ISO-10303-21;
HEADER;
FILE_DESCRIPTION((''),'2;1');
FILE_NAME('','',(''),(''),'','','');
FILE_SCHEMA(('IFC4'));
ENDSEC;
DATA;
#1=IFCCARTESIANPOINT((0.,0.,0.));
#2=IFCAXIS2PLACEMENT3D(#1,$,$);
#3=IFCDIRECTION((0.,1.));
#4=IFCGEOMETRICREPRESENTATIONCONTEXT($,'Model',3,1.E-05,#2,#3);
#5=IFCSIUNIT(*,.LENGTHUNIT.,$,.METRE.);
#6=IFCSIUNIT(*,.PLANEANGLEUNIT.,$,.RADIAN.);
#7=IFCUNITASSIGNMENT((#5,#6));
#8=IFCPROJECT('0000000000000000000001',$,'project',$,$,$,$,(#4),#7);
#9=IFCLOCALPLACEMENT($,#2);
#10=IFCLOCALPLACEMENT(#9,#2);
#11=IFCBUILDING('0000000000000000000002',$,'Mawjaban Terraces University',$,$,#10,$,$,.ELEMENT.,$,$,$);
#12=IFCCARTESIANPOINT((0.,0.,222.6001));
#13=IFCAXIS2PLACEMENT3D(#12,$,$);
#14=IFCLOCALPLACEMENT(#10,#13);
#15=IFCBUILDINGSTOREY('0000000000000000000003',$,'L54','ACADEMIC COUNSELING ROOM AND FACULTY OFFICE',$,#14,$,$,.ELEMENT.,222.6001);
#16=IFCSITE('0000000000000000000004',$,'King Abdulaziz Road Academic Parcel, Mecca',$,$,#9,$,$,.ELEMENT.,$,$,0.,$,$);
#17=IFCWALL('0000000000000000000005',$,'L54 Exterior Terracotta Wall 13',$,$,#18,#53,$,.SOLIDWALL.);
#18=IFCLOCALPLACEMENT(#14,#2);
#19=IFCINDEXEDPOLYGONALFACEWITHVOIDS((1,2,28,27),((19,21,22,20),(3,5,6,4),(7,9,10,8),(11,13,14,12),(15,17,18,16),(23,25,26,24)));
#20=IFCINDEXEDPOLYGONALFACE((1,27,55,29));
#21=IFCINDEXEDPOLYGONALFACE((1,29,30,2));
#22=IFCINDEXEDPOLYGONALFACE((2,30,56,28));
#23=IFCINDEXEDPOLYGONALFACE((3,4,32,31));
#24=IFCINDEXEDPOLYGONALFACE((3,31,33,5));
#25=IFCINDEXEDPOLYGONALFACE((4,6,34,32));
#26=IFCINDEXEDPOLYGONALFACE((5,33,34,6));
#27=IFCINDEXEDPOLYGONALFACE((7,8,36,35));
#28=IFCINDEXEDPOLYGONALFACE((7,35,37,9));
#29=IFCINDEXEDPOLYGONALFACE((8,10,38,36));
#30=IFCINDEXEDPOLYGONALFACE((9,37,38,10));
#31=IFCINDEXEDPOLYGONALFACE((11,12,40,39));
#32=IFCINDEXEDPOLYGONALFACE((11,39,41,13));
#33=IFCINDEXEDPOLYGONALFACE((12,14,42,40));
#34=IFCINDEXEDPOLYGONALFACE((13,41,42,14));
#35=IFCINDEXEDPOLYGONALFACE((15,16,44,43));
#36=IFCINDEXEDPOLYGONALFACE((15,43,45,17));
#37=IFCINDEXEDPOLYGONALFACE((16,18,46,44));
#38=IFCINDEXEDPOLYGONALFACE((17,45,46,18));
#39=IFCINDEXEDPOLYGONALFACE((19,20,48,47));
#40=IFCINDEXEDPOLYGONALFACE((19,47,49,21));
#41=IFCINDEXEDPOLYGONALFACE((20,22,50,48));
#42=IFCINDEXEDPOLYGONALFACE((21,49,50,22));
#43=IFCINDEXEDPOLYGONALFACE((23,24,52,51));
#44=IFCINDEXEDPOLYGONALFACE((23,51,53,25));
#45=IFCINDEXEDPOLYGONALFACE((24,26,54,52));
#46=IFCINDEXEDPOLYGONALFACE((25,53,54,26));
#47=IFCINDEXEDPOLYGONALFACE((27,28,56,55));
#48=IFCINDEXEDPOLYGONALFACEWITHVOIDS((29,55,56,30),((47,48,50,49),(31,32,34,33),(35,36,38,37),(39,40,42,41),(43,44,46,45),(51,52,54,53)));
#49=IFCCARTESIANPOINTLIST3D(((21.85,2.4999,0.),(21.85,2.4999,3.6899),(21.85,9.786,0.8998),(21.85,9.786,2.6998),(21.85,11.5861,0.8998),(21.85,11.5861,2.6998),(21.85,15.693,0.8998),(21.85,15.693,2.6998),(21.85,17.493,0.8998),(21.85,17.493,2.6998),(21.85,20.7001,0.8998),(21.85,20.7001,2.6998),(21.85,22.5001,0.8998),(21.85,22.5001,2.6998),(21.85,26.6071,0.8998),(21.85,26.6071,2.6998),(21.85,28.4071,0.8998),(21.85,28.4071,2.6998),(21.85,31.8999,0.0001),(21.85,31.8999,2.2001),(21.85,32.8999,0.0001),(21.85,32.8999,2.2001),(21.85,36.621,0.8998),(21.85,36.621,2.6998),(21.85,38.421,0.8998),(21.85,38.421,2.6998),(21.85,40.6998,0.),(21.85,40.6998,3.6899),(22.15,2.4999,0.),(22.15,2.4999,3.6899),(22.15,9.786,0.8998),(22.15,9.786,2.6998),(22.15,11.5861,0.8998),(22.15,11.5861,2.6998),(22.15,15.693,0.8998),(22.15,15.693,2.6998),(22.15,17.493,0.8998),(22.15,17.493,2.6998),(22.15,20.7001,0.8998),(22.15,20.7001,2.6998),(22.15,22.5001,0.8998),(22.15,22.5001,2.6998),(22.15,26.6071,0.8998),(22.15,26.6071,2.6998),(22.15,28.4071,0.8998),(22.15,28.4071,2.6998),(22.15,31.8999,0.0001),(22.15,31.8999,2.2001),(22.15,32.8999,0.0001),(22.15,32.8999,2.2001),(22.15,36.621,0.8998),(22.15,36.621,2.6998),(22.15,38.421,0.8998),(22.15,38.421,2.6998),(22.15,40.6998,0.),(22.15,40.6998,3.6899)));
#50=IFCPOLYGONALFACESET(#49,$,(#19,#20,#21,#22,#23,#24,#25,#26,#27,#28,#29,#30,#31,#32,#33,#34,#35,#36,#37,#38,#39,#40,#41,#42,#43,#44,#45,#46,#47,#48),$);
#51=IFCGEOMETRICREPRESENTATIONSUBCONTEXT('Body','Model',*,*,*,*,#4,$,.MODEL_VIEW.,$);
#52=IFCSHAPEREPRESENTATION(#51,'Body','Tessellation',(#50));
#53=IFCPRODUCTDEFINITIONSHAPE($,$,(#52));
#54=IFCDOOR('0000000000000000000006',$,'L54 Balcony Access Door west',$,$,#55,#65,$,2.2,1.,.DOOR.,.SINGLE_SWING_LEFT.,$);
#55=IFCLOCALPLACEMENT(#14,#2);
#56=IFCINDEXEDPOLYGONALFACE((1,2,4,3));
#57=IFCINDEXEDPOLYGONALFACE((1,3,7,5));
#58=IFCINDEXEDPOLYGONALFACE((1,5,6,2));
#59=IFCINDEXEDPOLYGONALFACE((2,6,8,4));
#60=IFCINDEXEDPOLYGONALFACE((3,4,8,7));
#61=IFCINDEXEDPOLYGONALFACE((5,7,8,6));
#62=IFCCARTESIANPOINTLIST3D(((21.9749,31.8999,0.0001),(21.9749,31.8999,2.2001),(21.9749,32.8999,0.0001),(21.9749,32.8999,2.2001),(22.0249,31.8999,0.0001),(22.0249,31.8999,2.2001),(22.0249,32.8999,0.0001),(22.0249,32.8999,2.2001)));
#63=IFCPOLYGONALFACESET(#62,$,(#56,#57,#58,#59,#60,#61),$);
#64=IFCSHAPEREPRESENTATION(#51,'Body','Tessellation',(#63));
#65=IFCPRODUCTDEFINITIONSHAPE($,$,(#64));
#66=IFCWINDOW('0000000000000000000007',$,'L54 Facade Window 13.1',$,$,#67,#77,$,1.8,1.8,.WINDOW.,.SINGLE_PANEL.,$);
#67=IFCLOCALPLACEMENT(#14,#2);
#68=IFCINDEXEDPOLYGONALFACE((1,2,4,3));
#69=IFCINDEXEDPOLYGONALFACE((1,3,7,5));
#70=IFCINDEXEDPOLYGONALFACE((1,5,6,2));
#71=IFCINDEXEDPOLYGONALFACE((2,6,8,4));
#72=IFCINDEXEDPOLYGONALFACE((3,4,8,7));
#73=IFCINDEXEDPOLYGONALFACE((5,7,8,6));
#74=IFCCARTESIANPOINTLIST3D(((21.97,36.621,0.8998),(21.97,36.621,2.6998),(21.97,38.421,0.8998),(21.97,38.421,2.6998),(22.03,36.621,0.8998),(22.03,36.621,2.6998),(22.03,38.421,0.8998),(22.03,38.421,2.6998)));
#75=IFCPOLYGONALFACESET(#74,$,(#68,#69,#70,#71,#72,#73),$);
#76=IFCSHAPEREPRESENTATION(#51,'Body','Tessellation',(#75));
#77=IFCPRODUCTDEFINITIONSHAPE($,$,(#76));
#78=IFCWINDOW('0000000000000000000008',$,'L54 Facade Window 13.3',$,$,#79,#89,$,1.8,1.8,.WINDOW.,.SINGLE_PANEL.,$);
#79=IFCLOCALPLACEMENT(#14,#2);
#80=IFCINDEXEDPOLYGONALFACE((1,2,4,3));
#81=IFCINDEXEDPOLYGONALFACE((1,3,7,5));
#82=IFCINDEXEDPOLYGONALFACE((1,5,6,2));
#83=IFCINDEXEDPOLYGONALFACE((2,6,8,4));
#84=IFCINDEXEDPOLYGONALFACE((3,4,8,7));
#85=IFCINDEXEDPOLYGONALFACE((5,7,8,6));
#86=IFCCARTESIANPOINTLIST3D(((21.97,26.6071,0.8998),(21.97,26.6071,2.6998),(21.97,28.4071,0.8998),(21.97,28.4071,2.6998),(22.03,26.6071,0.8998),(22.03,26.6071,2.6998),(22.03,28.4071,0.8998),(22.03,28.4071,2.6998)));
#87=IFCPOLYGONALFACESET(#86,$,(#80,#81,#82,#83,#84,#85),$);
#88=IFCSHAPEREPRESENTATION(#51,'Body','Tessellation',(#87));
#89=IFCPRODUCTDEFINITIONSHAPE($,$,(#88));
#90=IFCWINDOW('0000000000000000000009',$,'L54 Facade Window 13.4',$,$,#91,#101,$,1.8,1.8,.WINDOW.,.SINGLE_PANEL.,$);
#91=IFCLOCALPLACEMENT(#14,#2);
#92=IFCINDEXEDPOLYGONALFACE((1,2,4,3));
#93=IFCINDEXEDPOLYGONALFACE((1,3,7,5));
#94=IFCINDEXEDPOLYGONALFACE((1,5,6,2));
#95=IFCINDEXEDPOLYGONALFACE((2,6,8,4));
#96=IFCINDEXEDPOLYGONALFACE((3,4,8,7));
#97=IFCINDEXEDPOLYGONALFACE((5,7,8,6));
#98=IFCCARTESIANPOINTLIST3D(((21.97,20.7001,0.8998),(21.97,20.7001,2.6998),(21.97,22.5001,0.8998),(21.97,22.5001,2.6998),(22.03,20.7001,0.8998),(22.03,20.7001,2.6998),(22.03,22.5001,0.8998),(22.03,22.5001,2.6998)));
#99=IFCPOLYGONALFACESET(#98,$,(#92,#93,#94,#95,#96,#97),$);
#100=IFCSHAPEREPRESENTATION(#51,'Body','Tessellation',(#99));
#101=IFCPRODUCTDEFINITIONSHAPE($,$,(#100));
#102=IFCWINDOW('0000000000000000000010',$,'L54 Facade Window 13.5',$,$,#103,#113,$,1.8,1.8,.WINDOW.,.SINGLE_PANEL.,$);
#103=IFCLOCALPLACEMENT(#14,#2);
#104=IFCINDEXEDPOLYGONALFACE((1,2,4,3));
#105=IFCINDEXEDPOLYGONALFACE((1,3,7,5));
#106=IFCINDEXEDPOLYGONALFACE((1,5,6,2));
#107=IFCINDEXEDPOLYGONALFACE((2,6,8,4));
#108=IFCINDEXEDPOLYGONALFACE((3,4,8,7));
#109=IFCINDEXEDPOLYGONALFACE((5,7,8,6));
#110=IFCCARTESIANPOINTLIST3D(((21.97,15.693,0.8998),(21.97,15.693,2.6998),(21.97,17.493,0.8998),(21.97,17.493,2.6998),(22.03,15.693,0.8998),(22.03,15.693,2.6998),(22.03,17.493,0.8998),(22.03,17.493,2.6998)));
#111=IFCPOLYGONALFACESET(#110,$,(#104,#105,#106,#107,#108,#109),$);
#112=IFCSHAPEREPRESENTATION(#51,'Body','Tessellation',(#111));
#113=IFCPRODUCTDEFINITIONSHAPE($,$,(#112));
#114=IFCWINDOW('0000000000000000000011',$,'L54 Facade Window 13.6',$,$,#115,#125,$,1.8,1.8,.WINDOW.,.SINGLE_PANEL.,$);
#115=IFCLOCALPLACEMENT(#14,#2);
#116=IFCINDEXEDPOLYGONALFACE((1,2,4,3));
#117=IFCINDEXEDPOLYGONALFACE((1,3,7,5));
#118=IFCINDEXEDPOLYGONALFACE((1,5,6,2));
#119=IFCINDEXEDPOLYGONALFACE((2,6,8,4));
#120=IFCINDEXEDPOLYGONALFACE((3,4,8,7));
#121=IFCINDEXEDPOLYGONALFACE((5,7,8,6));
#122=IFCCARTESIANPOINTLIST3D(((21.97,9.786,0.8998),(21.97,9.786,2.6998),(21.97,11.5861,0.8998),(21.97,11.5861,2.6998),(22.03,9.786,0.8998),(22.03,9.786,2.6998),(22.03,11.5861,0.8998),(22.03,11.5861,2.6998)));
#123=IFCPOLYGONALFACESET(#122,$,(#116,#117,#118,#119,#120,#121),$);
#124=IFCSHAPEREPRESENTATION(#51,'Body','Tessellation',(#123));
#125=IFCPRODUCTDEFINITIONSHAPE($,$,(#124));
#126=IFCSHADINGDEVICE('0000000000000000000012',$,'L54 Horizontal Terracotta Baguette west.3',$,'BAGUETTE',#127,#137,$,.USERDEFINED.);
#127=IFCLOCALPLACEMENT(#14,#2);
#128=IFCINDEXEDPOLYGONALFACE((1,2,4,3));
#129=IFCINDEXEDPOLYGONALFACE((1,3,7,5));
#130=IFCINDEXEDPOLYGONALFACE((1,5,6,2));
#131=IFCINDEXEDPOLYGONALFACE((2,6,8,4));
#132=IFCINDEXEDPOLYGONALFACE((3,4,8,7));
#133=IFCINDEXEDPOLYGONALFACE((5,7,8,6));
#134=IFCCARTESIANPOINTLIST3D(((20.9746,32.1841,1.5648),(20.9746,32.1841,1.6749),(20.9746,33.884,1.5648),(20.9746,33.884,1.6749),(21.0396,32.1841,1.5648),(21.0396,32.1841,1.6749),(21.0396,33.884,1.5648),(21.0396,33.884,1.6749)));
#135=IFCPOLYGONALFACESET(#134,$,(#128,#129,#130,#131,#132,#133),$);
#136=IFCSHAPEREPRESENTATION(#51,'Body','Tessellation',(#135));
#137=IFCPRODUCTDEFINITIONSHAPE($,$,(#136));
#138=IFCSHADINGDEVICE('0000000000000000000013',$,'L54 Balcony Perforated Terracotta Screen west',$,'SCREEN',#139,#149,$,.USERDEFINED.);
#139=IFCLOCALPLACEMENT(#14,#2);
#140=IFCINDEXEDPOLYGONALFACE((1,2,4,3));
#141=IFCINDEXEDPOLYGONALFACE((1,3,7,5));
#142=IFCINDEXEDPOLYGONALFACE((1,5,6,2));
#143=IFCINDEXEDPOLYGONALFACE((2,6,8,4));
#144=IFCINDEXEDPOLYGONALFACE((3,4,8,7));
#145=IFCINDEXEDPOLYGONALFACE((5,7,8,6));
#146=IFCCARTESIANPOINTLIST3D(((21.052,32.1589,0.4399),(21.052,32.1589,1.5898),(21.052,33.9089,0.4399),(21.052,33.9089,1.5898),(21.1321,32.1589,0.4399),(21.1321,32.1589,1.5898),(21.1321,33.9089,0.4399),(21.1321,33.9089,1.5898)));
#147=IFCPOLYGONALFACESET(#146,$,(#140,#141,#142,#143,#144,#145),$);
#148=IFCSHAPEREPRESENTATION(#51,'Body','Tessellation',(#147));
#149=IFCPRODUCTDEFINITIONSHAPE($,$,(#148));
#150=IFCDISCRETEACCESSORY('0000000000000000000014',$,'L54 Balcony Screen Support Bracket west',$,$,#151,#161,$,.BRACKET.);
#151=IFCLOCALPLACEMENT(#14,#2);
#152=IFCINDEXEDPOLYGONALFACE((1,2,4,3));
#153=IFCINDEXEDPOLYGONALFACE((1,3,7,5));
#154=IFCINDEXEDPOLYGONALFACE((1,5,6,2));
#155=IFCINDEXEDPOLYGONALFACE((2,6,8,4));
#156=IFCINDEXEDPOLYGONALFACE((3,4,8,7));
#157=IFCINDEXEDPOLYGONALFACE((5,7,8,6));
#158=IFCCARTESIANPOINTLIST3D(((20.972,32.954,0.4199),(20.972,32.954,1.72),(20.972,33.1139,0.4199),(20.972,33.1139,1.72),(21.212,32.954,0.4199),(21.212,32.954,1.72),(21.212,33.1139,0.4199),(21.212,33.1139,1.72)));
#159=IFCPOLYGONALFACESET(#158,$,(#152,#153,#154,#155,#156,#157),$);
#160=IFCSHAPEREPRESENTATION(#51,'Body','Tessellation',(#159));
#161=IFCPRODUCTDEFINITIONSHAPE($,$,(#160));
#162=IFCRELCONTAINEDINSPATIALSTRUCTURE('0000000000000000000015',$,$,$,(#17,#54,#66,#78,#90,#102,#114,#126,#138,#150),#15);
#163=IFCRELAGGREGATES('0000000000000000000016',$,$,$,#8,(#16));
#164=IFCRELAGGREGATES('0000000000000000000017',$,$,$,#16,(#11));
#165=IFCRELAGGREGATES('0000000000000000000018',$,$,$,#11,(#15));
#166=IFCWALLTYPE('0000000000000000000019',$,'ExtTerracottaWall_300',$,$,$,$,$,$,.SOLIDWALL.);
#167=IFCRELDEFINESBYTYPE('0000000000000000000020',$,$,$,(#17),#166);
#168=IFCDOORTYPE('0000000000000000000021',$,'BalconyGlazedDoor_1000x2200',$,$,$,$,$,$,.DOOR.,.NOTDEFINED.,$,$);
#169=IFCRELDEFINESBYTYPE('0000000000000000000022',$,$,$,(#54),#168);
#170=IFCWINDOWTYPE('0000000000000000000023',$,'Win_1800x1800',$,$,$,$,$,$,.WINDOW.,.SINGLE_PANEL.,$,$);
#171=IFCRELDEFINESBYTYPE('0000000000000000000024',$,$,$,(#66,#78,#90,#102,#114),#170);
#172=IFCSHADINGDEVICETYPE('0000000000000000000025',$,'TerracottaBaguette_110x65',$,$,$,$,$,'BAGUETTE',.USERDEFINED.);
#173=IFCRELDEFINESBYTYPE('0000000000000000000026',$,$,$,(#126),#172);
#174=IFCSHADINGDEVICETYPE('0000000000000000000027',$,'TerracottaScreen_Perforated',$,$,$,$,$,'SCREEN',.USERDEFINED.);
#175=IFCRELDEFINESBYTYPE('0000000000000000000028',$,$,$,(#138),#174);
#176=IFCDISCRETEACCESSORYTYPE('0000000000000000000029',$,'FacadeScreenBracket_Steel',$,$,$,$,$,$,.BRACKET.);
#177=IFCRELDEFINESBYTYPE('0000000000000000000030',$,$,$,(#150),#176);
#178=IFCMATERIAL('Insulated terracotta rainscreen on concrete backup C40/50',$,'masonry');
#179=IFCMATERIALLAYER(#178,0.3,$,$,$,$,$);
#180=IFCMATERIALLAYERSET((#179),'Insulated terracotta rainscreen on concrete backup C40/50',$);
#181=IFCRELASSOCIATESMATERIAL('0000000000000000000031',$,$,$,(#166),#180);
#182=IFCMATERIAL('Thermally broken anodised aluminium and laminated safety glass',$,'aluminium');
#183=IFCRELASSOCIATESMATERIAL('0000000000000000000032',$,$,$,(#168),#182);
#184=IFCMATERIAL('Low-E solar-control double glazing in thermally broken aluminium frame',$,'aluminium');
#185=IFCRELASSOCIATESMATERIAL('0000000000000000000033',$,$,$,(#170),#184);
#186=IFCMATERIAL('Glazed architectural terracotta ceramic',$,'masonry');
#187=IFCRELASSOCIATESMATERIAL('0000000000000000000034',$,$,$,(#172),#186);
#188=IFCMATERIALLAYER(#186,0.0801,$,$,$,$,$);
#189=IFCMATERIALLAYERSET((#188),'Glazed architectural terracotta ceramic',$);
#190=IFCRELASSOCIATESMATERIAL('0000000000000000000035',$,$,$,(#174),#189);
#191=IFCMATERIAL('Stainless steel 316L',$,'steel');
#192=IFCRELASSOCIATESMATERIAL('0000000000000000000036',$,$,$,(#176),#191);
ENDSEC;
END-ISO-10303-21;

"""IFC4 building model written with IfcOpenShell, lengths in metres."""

from ifc_helpers import new_model, si_unit, direction, frame, frame_2d, origin, origin_2d, place, context, subcontext, project, spatial, rectangle, extrude, material, layer, layer_set, material_profile, profile_set, type_object, element, fill, save


model = new_model("IFC4")

# Units and contexts
model_context = context("Model", 3, precision=1e-05, world=origin(), true_north=direction((0.0, 1.0)))
body_context = subcontext(model_context, "Body", "Model", "MODEL_VIEW")
ifc_project = project(units=[si_unit("LENGTHUNIT", "METRE"), si_unit("PLANEANGLEUNIT", "RADIAN")], contexts=[model_context])

# Site, building, storey
site_placement = place(None, origin())
site = spatial("IfcSite", under=ifc_project, at=site_placement, Name="King Abdulaziz Road Academic Parcel, Mecca", CompositionType="ELEMENT", RefElevation=0.0)
building_placement = place(site_placement, origin())
building = spatial("IfcBuilding", under=site, at=building_placement, Name="Mawjaban Terraces University", CompositionType="ELEMENT")
storey_placement = place(building_placement, frame((0.0, 0.0, 222.6001)))
storey = spatial("IfcBuildingStorey", under=building, at=storey_placement, Name="L54", Description="ACADEMIC COUNSELING ROOM AND FACULTY OFFICE", CompositionType="ELEMENT", Elevation=222.6001)

# Shared definitions
ifc_material_1 = material(Name="Insulated terracotta rainscreen on concrete backup C40/50", Category="masonry")
ifc_layer_1 = layer(ifc_material_1, 0.3)
ifc_layer_set_1 = layer_set([ifc_layer_1], Name="Insulated terracotta rainscreen on concrete backup C40/50")
wall_type_1 = type_object("IfcWallType", Name="ExtTerracottaWall_300", PredefinedType="SOLIDWALL", material=ifc_layer_set_1)

# Wall, openings, door, windows
wall_1_placement = place(storey_placement, frame((22.0, 40.7, 0.0), z_axis=(0.0, 0.0, 1.0), x_axis=(0.0, -1.0, 0.0)))
wall_1 = element("IfcWall", 1, at=wall_1_placement, inside=storey, type_object=wall_type_1, Name="L54 Exterior Terracotta Wall 13", PredefinedType="SOLIDWALL", context=body_context, shape_type="SweptSolid", body=[
    extrude(rectangle(XDim=38.2, YDim=0.3, at=frame_2d((19.1001, 0.0))), origin(), (0.0, 0.0, 1.0), 3.6899),
])
opening_1_placement = place(wall_1_placement, frame((7.8, 0.0, 0.0)))
opening_1 = element("IfcOpeningElement", 2, at=opening_1_placement, cuts=wall_1, PredefinedType="OPENING", context=body_context, shape_type="SweptSolid", body=[
    extrude(rectangle(XDim=1.0, YDim=2.2, at=frame_2d((0.5, 1.1001))), frame((0.0, 0.1599, 0.0), z_axis=(0.0, -1.0, 0.0), x_axis=(1.0, 0.0, 0.0)), (0.0, 0.0, 1.0), 0.3201),
])
opening_2_placement = place(wall_1_placement, frame((2.2791, 0.0, 0.8999)))
opening_2 = element("IfcOpeningElement", 3, at=opening_2_placement, cuts=wall_1, PredefinedType="OPENING", context=body_context, shape_type="SweptSolid", body=[
    extrude(rectangle(XDim=1.8, YDim=1.8, at=frame_2d((0.8999, 0.8999))), frame((0.0, 0.1599, 0.0), z_axis=(0.0, -1.0, 0.0), x_axis=(1.0, 0.0, 0.0)), (0.0, 0.0, 1.0), 0.3201),
])
opening_3_placement = place(wall_1_placement, frame((12.293, 0.0, 0.8999)))
opening_3 = element("IfcOpeningElement", 4, at=opening_3_placement, cuts=wall_1, PredefinedType="OPENING", context=body_context, shape_type="SweptSolid", body=[
    extrude(rectangle(XDim=1.8, YDim=1.8, at=frame_2d((0.8999, 0.8999))), frame((0.0, 0.1599, 0.0), z_axis=(0.0, -1.0, 0.0), x_axis=(1.0, 0.0, 0.0)), (0.0, 0.0, 1.0), 0.3201),
])
opening_4_placement = place(wall_1_placement, frame((18.2, 0.0, 0.8999)))
opening_4 = element("IfcOpeningElement", 5, at=opening_4_placement, cuts=wall_1, PredefinedType="OPENING", context=body_context, shape_type="SweptSolid", body=[
    extrude(rectangle(XDim=1.8, YDim=1.8, at=frame_2d((0.8999, 0.8999))), frame((0.0, 0.1599, 0.0), z_axis=(0.0, -1.0, 0.0), x_axis=(1.0, 0.0, 0.0)), (0.0, 0.0, 1.0), 0.3201),
])
opening_5_placement = place(wall_1_placement, frame((23.207, 0.0, 0.8999)))
opening_5 = element("IfcOpeningElement", 6, at=opening_5_placement, cuts=wall_1, PredefinedType="OPENING", context=body_context, shape_type="SweptSolid", body=[
    extrude(rectangle(XDim=1.8, YDim=1.8, at=frame_2d((0.8999, 0.8999))), frame((0.0, 0.1599, 0.0), z_axis=(0.0, -1.0, 0.0), x_axis=(1.0, 0.0, 0.0)), (0.0, 0.0, 1.0), 0.3201),
])
opening_6_placement = place(wall_1_placement, frame((29.114, 0.0, 0.8999)))
opening_6 = element("IfcOpeningElement", 7, at=opening_6_placement, cuts=wall_1, PredefinedType="OPENING", context=body_context, shape_type="SweptSolid", body=[
    extrude(rectangle(XDim=1.8, YDim=1.8, at=frame_2d((0.8999, 0.8999))), frame((0.0, 0.1599, 0.0), z_axis=(0.0, -1.0, 0.0), x_axis=(1.0, 0.0, 0.0)), (0.0, 0.0, 1.0), 0.3201),
])
ifc_material_2 = material(Name="Thermally broken anodised aluminium and laminated safety glass", Category="aluminium")
door_type_1 = type_object("IfcDoorType", Name="BalconyGlazedDoor_1000x2200", OperationType="NOTDEFINED", PredefinedType="DOOR", material=ifc_material_2)
door_1_placement = place(opening_1_placement, origin())
door_1 = element("IfcDoor", 8, at=door_1_placement, inside=storey, type_object=door_type_1, Name="L54 Balcony Access Door west", OperationType="SINGLE_SWING_LEFT", OverallHeight=2.2, OverallWidth=1.0, PredefinedType="DOOR", context=body_context, shape_type="SweptSolid", body=[
    extrude(rectangle(XDim=1.0, YDim=2.2, at=frame_2d((0.5, 1.1001))), frame((0.0, 0.0249, 0.0), z_axis=(0.0, -1.0, 0.0), x_axis=(1.0, 0.0, 0.0)), (0.0, 0.0, 1.0), 0.05),
])
fill(opening_1, door_1)
ifc_material_3 = material(Name="Low-E solar-control double glazing in thermally broken aluminium frame", Category="aluminium")
window_type = type_object("IfcWindowType", Name="Win_1800x1800", PartitioningType="SINGLE_PANEL", PredefinedType="WINDOW", material=ifc_material_3)
window_1_placement = place(opening_2_placement, origin())
window_1 = element("IfcWindow", 9, at=window_1_placement, inside=storey, type_object=window_type, Name="L54 Facade Window 13.1", OverallHeight=1.8, OverallWidth=1.8, PartitioningType="SINGLE_PANEL", PredefinedType="WINDOW", context=body_context, shape_type="SweptSolid", body=[
    extrude(rectangle(XDim=1.8, YDim=1.8, at=frame_2d((0.8999, 0.8999))), frame((0.0, 0.03, 0.0), z_axis=(0.0, -1.0, 0.0), x_axis=(1.0, 0.0, 0.0)), (0.0, 0.0, 1.0), 0.0601),
])
fill(opening_2, window_1)
window_2_placement = place(opening_3_placement, origin())
window_2 = element("IfcWindow", 10, at=window_2_placement, inside=storey, type_object=window_type, Name="L54 Facade Window 13.3", OverallHeight=1.8, OverallWidth=1.8, PartitioningType="SINGLE_PANEL", PredefinedType="WINDOW", context=body_context, shape_type="SweptSolid", body=[
    extrude(rectangle(XDim=1.8, YDim=1.8, at=frame_2d((0.8999, 0.8999))), frame((0.0, 0.03, 0.0), z_axis=(0.0, -1.0, 0.0), x_axis=(1.0, 0.0, 0.0)), (0.0, 0.0, 1.0), 0.0601),
])
fill(opening_3, window_2)
window_3_placement = place(opening_4_placement, origin())
window_3 = element("IfcWindow", 11, at=window_3_placement, inside=storey, type_object=window_type, Name="L54 Facade Window 13.4", OverallHeight=1.8, OverallWidth=1.8, PartitioningType="SINGLE_PANEL", PredefinedType="WINDOW", context=body_context, shape_type="SweptSolid", body=[
    extrude(rectangle(XDim=1.8, YDim=1.8, at=frame_2d((0.8999, 0.8999))), frame((0.0, 0.03, 0.0), z_axis=(0.0, -1.0, 0.0), x_axis=(1.0, 0.0, 0.0)), (0.0, 0.0, 1.0), 0.0601),
])
fill(opening_4, window_3)
window_4_placement = place(opening_5_placement, origin())
window_4 = element("IfcWindow", 12, at=window_4_placement, inside=storey, type_object=window_type, Name="L54 Facade Window 13.5", OverallHeight=1.8, OverallWidth=1.8, PartitioningType="SINGLE_PANEL", PredefinedType="WINDOW", context=body_context, shape_type="SweptSolid", body=[
    extrude(rectangle(XDim=1.8, YDim=1.8, at=frame_2d((0.8999, 0.8999))), frame((0.0, 0.03, 0.0), z_axis=(0.0, -1.0, 0.0), x_axis=(1.0, 0.0, 0.0)), (0.0, 0.0, 1.0), 0.0601),
])
fill(opening_5, window_4)
window_5_placement = place(opening_6_placement, origin())
window_5 = element("IfcWindow", 13, at=window_5_placement, inside=storey, type_object=window_type, Name="L54 Facade Window 13.6", OverallHeight=1.8, OverallWidth=1.8, PartitioningType="SINGLE_PANEL", PredefinedType="WINDOW", context=body_context, shape_type="SweptSolid", body=[
    extrude(rectangle(XDim=1.8, YDim=1.8, at=frame_2d((0.8999, 0.8999))), frame((0.0, 0.03, 0.0), z_axis=(0.0, -1.0, 0.0), x_axis=(1.0, 0.0, 0.0)), (0.0, 0.0, 1.0), 0.0601),
])
fill(opening_6, window_5)

# Shading devices
ifc_material_4 = material(Name="Glazed architectural terracotta ceramic", Category="masonry")
ifc_material_profile_1 = material_profile(ifc_material_4, rectangle(XDim=0.0649, YDim=0.1101, at=origin_2d()), Name="TBAG110X65")
ifc_profile_set_1 = profile_set([ifc_material_profile_1], Name="Glazed architectural terracotta ceramic")
shading_device_type_1 = type_object("IfcShadingDeviceType", Name="TerracottaBaguette_110x65", ElementType="BAGUETTE", PredefinedType="USERDEFINED", material=ifc_profile_set_1)
shading_device_1_placement = place(storey_placement, frame((21.0071, 32.1841, 1.6199), z_axis=(0.0, 1.0, 0.0), x_axis=(-1.0, 0.0, 0.0)))
element("IfcShadingDevice", 14, at=shading_device_1_placement, inside=storey, type_object=shading_device_type_1, Name="L54 Horizontal Terracotta Baguette west.3", ObjectType="BAGUETTE", PredefinedType="USERDEFINED", context=body_context, shape_type="SweptSolid", body=[
    extrude(rectangle(XDim=0.0649, YDim=0.1101, at=origin_2d()), origin(), (0.0, 0.0, 1.0), 1.7),
])
ifc_layer_2 = layer(ifc_material_4, 0.0801)
ifc_layer_set_2 = layer_set([ifc_layer_2], Name="Glazed architectural terracotta ceramic")
shading_device_type_2 = type_object("IfcShadingDeviceType", Name="TerracottaScreen_Perforated", ElementType="SCREEN", PredefinedType="USERDEFINED", material=ifc_layer_set_2)
shading_device_2_placement = place(storey_placement, frame((21.092, 33.0339, 0.4399), z_axis=(0.0, 0.0, 1.0), x_axis=(0.0, 1.0, 0.0)))
element("IfcShadingDevice", 15, at=shading_device_2_placement, inside=storey, type_object=shading_device_type_2, Name="L54 Balcony Perforated Terracotta Screen west", ObjectType="SCREEN", PredefinedType="USERDEFINED", context=body_context, shape_type="SweptSolid", body=[
    extrude(rectangle(XDim=1.75, YDim=0.0801, at=origin_2d()), origin(), (0.0, 0.0, 1.0), 1.1499),
])

# Discrete accessory
ifc_material_5 = material(Name="Stainless steel 316L", Category="steel")
discrete_accessory_type_1 = type_object("IfcDiscreteAccessoryType", Name="FacadeScreenBracket_Steel", PredefinedType="BRACKET", material=ifc_material_5)
discrete_accessory_1_placement = place(storey_placement, frame((21.092, 33.0339, 0.4199), z_axis=(0.0, 0.0, 1.0), x_axis=(0.0, 1.0, 0.0)))
element("IfcDiscreteAccessory", 16, at=discrete_accessory_1_placement, inside=storey, type_object=discrete_accessory_type_1, Name="L54 Balcony Screen Support Bracket west", PredefinedType="BRACKET", context=body_context, shape_type="SweptSolid", body=[
    extrude(rectangle(XDim=0.1599, YDim=0.24, at=origin_2d()), origin(), (0.0, 0.0, 1.0), 1.3),
])

save(model, "model.ifc")
